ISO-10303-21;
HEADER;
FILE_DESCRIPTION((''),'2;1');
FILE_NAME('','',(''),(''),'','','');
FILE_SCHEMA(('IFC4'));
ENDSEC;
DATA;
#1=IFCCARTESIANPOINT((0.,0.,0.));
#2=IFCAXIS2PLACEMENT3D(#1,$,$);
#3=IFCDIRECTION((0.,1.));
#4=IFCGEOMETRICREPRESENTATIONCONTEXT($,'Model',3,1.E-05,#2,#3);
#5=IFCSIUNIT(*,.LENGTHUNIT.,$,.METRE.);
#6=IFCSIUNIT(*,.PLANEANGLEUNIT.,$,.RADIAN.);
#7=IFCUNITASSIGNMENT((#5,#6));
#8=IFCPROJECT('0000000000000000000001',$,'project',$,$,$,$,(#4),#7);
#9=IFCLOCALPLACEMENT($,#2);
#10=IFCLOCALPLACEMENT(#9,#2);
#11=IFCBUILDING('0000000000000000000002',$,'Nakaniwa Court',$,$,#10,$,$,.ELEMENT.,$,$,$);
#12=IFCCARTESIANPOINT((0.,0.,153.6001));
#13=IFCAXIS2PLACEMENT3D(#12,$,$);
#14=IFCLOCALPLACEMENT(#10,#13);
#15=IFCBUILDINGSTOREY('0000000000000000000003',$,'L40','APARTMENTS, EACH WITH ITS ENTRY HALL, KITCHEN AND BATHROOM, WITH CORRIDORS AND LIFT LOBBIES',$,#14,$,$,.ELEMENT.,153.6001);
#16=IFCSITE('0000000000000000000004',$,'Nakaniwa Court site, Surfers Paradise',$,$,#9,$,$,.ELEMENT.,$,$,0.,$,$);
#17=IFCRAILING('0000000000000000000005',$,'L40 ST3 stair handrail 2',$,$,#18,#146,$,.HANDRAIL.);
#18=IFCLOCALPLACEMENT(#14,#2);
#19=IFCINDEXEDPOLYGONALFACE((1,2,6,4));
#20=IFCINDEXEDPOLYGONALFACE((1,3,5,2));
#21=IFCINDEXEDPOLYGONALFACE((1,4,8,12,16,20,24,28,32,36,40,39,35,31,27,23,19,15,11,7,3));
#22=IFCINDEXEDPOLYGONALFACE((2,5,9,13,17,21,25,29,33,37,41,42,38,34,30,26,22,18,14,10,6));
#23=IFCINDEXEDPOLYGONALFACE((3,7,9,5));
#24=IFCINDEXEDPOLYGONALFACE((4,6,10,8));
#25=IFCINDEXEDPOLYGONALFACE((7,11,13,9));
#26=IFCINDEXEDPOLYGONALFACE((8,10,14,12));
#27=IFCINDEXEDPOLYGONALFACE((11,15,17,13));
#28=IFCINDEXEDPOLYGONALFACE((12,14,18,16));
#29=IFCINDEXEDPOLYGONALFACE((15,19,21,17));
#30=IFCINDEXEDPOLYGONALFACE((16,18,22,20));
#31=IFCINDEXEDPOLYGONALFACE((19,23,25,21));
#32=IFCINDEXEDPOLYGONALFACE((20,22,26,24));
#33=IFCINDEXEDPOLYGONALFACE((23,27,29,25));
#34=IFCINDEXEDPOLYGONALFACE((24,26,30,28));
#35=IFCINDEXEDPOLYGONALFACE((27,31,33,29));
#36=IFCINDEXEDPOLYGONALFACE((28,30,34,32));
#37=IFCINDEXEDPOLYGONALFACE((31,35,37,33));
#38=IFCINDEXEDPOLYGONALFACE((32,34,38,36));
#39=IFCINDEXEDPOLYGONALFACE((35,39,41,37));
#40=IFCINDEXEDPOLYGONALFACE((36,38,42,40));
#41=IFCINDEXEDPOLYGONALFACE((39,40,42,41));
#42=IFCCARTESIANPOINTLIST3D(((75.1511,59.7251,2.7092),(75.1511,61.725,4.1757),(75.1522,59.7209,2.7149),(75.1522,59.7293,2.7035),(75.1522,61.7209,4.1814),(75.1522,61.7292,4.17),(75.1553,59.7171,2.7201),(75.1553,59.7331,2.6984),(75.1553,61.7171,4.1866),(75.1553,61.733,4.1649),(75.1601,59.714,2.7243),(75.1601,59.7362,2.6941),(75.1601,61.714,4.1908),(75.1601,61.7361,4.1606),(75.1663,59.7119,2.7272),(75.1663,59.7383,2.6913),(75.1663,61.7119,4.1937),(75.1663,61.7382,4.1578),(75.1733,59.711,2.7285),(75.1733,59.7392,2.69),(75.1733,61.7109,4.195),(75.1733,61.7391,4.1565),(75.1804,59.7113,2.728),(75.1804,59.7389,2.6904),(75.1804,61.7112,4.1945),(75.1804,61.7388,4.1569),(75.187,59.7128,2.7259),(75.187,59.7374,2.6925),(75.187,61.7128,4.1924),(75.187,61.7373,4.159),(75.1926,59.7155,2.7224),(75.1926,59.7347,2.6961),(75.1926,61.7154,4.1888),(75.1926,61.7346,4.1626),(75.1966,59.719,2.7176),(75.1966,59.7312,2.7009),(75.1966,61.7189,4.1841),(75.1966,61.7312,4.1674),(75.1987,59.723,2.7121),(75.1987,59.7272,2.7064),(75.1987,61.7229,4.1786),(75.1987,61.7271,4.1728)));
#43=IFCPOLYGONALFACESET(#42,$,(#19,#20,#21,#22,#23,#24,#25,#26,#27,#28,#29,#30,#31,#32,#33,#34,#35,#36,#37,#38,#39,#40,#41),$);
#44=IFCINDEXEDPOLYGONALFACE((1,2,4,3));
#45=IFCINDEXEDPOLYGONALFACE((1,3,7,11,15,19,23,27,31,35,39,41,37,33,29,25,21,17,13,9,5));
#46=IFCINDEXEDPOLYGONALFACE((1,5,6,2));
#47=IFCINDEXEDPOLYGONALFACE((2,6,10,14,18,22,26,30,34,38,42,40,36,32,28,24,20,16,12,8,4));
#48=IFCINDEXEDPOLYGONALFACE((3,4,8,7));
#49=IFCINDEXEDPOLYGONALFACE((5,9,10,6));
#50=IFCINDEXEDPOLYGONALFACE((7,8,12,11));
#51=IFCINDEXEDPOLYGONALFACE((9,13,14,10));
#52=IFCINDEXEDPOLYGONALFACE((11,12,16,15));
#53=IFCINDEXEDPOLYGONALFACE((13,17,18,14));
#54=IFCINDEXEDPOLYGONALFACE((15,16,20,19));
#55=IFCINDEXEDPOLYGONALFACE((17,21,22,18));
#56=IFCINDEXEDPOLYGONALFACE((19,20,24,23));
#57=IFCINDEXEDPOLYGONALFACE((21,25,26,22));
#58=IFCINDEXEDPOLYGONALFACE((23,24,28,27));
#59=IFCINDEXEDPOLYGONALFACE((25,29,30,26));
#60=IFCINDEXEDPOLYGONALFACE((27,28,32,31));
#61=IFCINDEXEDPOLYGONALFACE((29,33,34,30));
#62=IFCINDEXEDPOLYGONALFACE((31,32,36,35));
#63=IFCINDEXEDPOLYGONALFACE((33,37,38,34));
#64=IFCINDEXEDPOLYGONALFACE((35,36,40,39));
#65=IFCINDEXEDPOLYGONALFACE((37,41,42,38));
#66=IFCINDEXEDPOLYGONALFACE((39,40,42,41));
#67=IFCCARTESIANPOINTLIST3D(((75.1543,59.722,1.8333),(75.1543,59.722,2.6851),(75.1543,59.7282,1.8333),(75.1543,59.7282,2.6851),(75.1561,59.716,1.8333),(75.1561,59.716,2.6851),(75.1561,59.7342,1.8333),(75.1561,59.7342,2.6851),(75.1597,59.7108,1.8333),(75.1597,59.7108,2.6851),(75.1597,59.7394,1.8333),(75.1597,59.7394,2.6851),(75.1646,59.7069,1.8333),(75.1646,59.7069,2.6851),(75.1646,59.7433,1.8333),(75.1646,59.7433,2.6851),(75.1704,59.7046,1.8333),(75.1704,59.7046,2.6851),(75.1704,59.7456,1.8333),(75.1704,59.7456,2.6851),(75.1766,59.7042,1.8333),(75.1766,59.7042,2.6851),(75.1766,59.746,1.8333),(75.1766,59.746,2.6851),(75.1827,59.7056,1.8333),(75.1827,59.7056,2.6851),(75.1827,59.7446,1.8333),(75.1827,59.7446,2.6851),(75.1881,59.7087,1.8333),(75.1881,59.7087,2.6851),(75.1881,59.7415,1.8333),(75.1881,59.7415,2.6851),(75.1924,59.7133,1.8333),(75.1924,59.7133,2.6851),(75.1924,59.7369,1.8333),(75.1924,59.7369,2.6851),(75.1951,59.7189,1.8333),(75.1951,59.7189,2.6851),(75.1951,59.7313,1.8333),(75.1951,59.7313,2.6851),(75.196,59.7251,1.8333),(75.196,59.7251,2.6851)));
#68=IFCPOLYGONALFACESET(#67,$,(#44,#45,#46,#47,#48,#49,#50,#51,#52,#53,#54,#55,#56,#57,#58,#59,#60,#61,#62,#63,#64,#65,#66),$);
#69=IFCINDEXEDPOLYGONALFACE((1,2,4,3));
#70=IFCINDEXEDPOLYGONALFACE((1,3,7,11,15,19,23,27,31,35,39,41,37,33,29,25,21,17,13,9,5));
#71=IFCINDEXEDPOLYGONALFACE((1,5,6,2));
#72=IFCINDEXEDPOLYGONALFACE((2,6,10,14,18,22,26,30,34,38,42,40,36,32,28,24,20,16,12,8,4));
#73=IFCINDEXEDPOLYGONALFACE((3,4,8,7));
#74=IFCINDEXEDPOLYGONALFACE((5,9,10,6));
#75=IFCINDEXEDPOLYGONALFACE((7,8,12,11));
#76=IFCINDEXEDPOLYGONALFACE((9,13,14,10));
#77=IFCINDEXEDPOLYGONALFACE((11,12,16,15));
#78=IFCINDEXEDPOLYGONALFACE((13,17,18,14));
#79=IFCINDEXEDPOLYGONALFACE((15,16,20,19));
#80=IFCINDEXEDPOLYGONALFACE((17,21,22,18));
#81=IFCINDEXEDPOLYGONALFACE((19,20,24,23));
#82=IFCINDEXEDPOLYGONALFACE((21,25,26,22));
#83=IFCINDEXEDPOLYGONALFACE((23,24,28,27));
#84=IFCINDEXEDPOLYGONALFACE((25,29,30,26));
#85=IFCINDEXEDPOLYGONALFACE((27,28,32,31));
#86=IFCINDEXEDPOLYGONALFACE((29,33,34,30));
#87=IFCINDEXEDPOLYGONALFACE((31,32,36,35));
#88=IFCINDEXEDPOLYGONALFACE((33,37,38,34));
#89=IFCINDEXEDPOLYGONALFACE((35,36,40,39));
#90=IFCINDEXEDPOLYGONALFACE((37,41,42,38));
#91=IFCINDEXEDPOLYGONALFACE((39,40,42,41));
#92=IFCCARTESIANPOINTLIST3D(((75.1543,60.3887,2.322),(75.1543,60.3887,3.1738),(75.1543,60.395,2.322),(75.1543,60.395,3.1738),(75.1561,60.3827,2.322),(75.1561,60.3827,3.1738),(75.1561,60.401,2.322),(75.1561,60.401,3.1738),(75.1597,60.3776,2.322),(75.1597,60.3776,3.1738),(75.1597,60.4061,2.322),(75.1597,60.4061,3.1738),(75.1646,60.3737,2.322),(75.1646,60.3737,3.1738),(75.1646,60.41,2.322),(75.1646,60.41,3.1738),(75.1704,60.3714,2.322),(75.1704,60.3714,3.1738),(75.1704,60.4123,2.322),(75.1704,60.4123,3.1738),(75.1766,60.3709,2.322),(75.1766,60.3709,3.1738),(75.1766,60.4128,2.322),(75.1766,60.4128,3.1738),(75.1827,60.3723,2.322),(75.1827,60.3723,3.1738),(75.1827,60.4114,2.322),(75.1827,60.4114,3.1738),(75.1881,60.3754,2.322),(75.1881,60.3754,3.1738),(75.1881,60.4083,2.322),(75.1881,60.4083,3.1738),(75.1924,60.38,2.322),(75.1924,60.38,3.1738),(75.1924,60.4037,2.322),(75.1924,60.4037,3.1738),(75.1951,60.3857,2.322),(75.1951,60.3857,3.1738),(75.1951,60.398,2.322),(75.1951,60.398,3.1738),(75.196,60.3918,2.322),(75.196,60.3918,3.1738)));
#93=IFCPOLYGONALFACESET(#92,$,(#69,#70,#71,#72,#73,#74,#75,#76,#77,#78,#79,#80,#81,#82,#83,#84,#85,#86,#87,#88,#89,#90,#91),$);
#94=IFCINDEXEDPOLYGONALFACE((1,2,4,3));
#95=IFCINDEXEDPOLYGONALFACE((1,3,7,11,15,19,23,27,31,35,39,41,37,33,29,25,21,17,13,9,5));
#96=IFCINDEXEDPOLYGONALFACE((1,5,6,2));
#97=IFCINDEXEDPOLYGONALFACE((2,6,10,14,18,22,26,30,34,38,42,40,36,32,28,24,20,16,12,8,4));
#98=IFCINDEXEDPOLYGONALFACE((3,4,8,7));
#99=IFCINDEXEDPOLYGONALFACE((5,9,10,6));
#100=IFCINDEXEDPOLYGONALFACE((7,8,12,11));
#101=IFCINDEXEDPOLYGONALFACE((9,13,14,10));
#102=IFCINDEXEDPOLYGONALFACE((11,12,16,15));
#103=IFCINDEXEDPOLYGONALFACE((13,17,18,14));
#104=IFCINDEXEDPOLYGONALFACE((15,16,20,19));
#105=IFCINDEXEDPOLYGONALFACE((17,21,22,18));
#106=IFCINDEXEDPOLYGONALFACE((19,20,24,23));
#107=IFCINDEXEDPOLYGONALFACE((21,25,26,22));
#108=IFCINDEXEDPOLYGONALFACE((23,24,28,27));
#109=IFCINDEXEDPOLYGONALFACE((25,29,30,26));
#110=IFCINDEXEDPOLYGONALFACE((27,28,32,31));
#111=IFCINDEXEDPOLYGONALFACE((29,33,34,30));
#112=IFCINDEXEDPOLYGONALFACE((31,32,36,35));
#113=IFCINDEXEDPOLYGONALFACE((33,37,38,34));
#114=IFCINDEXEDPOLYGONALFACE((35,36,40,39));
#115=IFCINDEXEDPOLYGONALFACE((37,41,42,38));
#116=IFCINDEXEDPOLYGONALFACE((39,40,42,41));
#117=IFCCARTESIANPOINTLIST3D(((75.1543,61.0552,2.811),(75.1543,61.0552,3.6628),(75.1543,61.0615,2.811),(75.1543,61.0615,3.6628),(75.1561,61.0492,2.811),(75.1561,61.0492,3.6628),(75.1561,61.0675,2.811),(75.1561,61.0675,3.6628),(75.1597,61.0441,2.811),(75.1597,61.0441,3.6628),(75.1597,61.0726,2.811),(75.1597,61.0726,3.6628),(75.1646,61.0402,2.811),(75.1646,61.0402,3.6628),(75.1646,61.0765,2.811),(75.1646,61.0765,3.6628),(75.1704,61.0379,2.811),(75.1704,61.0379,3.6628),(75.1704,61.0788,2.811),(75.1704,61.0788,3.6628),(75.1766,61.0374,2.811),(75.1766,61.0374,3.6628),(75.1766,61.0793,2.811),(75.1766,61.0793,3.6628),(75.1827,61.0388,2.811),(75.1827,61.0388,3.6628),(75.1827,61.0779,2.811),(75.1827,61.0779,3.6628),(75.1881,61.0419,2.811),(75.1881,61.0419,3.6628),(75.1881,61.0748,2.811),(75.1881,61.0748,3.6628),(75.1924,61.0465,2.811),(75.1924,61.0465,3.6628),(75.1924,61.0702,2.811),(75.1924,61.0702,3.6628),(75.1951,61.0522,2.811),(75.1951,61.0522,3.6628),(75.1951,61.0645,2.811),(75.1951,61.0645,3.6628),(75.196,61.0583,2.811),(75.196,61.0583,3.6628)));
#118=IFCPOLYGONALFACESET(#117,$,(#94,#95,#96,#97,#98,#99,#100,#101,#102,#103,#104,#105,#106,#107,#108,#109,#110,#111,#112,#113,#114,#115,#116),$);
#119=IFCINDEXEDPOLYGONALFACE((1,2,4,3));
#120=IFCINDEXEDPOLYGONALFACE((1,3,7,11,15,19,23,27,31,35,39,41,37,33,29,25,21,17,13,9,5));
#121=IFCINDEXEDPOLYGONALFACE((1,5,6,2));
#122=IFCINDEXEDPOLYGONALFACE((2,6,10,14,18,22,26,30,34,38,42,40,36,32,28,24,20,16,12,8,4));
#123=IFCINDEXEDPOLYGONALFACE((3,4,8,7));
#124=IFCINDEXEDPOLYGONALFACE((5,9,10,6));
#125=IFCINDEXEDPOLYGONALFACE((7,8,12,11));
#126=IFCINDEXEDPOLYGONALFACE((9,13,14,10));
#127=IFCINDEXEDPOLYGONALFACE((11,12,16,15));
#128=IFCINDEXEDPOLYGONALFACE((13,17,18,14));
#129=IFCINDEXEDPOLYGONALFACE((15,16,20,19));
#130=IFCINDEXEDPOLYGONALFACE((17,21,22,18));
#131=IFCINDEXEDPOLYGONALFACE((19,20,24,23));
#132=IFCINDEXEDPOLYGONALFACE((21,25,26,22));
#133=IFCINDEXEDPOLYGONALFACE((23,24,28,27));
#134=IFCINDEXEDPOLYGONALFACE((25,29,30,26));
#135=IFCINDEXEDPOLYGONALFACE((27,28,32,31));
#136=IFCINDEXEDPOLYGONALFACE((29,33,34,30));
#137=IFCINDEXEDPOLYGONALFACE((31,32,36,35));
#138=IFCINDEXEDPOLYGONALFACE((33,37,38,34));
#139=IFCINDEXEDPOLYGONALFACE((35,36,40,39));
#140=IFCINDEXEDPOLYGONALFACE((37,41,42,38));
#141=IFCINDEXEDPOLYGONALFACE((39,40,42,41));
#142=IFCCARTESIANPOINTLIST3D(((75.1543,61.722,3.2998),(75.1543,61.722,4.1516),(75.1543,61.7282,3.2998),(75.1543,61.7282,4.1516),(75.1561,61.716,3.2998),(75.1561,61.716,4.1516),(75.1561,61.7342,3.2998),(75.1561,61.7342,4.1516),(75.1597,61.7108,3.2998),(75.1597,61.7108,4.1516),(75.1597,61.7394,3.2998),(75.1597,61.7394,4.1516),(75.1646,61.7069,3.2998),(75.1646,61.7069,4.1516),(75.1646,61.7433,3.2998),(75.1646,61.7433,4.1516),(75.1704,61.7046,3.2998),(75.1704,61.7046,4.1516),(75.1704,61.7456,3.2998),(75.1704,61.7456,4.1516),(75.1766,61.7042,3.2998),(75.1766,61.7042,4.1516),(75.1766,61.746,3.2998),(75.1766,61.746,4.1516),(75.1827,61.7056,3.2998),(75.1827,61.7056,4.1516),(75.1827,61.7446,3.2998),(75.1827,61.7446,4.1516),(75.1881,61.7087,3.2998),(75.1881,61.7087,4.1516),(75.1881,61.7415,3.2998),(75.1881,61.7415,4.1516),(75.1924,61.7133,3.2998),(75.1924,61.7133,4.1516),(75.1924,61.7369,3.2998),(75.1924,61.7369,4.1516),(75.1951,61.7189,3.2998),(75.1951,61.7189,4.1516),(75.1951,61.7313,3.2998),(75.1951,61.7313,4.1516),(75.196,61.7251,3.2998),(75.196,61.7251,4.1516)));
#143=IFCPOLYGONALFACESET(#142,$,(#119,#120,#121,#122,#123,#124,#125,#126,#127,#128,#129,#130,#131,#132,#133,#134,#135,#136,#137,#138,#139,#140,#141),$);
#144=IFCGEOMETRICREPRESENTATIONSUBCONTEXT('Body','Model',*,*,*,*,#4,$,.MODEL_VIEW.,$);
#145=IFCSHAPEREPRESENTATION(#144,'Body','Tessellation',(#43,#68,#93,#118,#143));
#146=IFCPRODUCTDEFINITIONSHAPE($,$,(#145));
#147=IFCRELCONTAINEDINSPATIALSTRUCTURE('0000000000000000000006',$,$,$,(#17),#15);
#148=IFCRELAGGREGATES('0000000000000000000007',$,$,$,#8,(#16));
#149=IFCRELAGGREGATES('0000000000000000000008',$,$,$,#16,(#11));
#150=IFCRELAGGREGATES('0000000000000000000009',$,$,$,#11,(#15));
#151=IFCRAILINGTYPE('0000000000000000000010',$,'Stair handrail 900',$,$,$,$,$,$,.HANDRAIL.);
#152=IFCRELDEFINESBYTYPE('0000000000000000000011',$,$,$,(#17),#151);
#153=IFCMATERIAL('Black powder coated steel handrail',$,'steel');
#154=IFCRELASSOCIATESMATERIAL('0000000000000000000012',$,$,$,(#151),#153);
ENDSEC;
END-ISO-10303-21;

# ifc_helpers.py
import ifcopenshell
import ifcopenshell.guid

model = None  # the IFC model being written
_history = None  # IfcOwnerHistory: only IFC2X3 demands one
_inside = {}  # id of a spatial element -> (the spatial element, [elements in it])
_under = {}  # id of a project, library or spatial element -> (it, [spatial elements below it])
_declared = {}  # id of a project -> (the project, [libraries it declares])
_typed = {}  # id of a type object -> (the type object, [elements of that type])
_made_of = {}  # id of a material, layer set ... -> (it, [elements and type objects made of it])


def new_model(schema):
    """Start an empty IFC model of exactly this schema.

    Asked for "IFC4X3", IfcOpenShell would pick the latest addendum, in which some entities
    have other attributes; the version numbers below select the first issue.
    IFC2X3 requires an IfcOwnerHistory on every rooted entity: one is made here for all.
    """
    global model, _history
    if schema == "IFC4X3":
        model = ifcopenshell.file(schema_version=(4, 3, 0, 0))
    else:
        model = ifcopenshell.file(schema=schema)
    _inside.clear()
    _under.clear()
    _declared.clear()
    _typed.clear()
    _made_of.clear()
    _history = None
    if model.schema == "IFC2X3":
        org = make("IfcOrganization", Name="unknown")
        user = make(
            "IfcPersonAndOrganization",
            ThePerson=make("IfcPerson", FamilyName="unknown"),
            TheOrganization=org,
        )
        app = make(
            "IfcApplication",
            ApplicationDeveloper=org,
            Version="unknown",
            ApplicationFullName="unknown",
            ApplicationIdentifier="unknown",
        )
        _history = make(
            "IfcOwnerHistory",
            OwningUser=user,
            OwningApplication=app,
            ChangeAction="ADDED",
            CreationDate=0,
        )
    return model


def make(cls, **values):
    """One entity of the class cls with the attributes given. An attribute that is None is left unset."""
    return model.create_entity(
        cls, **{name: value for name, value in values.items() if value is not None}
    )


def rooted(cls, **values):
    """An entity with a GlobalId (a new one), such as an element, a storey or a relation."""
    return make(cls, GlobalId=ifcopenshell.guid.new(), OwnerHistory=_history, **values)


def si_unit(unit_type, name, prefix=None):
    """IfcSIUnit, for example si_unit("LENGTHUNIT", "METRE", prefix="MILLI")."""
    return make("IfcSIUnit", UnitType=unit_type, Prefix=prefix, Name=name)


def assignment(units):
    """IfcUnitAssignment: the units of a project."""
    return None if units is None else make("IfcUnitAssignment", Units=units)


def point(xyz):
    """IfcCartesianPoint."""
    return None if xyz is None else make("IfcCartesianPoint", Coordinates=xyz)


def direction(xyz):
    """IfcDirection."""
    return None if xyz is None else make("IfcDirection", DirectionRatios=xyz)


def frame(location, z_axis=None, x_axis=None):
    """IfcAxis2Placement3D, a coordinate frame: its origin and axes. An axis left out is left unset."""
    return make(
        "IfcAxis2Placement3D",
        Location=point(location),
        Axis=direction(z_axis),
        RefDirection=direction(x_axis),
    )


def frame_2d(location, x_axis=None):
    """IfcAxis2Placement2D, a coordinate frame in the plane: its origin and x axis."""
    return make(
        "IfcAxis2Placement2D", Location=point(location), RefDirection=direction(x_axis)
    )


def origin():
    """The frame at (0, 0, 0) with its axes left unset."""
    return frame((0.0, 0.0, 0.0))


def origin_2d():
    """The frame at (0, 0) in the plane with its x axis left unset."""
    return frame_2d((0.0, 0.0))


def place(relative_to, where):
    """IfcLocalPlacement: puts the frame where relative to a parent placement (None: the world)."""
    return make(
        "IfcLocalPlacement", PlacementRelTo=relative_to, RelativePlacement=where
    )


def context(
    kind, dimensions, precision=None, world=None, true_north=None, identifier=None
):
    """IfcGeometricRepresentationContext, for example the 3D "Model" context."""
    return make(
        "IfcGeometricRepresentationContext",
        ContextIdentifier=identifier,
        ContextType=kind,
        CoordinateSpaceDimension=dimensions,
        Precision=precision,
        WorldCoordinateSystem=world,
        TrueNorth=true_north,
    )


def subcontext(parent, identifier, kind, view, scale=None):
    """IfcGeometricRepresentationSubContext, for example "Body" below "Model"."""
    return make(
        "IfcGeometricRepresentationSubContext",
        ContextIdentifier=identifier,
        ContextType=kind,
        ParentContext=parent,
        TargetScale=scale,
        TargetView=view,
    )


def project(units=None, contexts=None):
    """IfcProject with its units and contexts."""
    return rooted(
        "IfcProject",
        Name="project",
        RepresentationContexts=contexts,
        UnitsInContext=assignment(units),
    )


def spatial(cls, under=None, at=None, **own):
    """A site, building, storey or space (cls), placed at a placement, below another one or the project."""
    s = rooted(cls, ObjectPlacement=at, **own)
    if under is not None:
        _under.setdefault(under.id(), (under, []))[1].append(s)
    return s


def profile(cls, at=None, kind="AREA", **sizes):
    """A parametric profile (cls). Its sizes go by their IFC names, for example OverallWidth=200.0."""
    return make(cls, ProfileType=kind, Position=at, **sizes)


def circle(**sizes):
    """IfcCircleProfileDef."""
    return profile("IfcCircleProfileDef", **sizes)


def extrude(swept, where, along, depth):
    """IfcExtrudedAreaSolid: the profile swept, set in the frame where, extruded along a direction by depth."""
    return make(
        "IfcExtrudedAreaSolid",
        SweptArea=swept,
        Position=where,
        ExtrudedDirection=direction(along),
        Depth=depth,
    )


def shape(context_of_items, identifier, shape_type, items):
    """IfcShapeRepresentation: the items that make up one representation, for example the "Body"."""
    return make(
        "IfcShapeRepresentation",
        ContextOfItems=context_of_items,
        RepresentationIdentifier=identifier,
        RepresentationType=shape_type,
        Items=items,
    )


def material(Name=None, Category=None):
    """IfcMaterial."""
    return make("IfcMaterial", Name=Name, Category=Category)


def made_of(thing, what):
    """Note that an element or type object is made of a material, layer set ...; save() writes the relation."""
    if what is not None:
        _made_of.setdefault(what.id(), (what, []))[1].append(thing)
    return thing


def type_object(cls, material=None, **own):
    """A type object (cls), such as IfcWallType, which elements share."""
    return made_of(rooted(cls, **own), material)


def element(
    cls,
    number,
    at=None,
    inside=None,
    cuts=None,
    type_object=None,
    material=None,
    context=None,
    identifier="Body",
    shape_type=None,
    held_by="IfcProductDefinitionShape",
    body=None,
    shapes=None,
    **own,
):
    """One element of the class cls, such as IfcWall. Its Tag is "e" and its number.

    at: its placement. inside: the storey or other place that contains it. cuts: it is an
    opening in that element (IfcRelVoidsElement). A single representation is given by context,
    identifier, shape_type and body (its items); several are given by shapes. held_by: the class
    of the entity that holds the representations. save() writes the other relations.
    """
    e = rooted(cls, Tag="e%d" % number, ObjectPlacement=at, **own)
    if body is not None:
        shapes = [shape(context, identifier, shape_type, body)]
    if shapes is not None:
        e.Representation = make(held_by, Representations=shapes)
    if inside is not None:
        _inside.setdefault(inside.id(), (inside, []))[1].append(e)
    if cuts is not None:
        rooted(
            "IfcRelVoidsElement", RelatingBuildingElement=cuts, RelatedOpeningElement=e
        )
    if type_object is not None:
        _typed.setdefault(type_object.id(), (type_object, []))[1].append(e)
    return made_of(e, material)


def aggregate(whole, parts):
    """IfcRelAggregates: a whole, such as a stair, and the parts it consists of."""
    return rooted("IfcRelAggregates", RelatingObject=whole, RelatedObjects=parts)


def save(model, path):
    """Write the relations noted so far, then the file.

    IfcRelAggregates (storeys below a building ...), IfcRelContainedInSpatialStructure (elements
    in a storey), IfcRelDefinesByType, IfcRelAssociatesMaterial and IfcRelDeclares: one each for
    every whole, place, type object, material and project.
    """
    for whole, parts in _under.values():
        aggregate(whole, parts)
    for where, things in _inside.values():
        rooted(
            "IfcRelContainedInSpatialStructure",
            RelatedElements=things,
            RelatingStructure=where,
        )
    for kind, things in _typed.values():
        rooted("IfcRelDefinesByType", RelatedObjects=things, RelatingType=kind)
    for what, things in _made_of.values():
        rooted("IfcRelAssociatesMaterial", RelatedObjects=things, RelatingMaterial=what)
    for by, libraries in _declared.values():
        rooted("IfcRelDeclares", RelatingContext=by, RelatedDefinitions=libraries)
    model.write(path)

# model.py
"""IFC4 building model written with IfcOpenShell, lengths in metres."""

from ifc_helpers import new_model, si_unit, direction, frame, origin, origin_2d, place, context, subcontext, project, spatial, circle, extrude, material, type_object, element, save


model = new_model("IFC4")

# Units and contexts
model_context = context("Model", 3, precision=1e-05, world=origin(), true_north=direction((0.0, 1.0)))
body_context = subcontext(model_context, "Body", "Model", "MODEL_VIEW")
ifc_project = project(units=[si_unit("LENGTHUNIT", "METRE"), si_unit("PLANEANGLEUNIT", "RADIAN")], contexts=[model_context])

# Site, building, storey
site_placement = place(None, origin())
site = spatial("IfcSite", under=ifc_project, at=site_placement, Name="Nakaniwa Court site, Surfers Paradise", CompositionType="ELEMENT", RefElevation=0.0)
building_placement = place(site_placement, origin())
building = spatial("IfcBuilding", under=site, at=building_placement, Name="Nakaniwa Court", CompositionType="ELEMENT")
storey_placement = place(building_placement, frame((0.0, 0.0, 153.6001)))
storey = spatial("IfcBuildingStorey", under=building, at=storey_placement, Name="L40", Description="APARTMENTS, EACH WITH ITS ENTRY HALL, KITCHEN AND BATHROOM, WITH CORRIDORS AND LIFT LOBBIES", CompositionType="ELEMENT", Elevation=153.6001)

# Railing
ifc_material_1 = material(Name="Black powder coated steel handrail", Category="steel")
railing_type_1 = type_object("IfcRailingType", Name="Stair handrail 900", PredefinedType="HANDRAIL", material=ifc_material_1)
railing_1_placement = place(storey_placement, frame((75.175, 59.7251, 1.8333)))
element("IfcRailing", 1, at=railing_1_placement, inside=storey, type_object=railing_type_1, Name="L40 ST3 stair handrail 2", PredefinedType="HANDRAIL", context=body_context, shape_type="SweptSolid", body=[
    extrude(circle(Radius=0.0239, at=origin_2d()), frame((0.0, 0.0, 0.876), z_axis=(0.0, 0.806427, 0.591334), x_axis=(-1.0, 0.0, 0.0)), (0.0, 0.0, 1.0), 2.48),
    extrude(circle(Radius=0.021, at=origin_2d()), origin(), (0.0, 0.0, 1.0), 0.8518),
    extrude(circle(Radius=0.021, at=origin_2d()), frame((0.0, 0.6667, 0.4888)), (0.0, 0.0, 1.0), 0.8518),
    extrude(circle(Radius=0.021, at=origin_2d()), frame((0.0, 1.3333, 0.9778)), (0.0, 0.0, 1.0), 0.8518),
    extrude(circle(Radius=0.021, at=origin_2d()), frame((0.0, 2.0, 1.4666)), (0.0, 0.0, 1.0), 0.8518),
])

save(model, "model.ifc")
